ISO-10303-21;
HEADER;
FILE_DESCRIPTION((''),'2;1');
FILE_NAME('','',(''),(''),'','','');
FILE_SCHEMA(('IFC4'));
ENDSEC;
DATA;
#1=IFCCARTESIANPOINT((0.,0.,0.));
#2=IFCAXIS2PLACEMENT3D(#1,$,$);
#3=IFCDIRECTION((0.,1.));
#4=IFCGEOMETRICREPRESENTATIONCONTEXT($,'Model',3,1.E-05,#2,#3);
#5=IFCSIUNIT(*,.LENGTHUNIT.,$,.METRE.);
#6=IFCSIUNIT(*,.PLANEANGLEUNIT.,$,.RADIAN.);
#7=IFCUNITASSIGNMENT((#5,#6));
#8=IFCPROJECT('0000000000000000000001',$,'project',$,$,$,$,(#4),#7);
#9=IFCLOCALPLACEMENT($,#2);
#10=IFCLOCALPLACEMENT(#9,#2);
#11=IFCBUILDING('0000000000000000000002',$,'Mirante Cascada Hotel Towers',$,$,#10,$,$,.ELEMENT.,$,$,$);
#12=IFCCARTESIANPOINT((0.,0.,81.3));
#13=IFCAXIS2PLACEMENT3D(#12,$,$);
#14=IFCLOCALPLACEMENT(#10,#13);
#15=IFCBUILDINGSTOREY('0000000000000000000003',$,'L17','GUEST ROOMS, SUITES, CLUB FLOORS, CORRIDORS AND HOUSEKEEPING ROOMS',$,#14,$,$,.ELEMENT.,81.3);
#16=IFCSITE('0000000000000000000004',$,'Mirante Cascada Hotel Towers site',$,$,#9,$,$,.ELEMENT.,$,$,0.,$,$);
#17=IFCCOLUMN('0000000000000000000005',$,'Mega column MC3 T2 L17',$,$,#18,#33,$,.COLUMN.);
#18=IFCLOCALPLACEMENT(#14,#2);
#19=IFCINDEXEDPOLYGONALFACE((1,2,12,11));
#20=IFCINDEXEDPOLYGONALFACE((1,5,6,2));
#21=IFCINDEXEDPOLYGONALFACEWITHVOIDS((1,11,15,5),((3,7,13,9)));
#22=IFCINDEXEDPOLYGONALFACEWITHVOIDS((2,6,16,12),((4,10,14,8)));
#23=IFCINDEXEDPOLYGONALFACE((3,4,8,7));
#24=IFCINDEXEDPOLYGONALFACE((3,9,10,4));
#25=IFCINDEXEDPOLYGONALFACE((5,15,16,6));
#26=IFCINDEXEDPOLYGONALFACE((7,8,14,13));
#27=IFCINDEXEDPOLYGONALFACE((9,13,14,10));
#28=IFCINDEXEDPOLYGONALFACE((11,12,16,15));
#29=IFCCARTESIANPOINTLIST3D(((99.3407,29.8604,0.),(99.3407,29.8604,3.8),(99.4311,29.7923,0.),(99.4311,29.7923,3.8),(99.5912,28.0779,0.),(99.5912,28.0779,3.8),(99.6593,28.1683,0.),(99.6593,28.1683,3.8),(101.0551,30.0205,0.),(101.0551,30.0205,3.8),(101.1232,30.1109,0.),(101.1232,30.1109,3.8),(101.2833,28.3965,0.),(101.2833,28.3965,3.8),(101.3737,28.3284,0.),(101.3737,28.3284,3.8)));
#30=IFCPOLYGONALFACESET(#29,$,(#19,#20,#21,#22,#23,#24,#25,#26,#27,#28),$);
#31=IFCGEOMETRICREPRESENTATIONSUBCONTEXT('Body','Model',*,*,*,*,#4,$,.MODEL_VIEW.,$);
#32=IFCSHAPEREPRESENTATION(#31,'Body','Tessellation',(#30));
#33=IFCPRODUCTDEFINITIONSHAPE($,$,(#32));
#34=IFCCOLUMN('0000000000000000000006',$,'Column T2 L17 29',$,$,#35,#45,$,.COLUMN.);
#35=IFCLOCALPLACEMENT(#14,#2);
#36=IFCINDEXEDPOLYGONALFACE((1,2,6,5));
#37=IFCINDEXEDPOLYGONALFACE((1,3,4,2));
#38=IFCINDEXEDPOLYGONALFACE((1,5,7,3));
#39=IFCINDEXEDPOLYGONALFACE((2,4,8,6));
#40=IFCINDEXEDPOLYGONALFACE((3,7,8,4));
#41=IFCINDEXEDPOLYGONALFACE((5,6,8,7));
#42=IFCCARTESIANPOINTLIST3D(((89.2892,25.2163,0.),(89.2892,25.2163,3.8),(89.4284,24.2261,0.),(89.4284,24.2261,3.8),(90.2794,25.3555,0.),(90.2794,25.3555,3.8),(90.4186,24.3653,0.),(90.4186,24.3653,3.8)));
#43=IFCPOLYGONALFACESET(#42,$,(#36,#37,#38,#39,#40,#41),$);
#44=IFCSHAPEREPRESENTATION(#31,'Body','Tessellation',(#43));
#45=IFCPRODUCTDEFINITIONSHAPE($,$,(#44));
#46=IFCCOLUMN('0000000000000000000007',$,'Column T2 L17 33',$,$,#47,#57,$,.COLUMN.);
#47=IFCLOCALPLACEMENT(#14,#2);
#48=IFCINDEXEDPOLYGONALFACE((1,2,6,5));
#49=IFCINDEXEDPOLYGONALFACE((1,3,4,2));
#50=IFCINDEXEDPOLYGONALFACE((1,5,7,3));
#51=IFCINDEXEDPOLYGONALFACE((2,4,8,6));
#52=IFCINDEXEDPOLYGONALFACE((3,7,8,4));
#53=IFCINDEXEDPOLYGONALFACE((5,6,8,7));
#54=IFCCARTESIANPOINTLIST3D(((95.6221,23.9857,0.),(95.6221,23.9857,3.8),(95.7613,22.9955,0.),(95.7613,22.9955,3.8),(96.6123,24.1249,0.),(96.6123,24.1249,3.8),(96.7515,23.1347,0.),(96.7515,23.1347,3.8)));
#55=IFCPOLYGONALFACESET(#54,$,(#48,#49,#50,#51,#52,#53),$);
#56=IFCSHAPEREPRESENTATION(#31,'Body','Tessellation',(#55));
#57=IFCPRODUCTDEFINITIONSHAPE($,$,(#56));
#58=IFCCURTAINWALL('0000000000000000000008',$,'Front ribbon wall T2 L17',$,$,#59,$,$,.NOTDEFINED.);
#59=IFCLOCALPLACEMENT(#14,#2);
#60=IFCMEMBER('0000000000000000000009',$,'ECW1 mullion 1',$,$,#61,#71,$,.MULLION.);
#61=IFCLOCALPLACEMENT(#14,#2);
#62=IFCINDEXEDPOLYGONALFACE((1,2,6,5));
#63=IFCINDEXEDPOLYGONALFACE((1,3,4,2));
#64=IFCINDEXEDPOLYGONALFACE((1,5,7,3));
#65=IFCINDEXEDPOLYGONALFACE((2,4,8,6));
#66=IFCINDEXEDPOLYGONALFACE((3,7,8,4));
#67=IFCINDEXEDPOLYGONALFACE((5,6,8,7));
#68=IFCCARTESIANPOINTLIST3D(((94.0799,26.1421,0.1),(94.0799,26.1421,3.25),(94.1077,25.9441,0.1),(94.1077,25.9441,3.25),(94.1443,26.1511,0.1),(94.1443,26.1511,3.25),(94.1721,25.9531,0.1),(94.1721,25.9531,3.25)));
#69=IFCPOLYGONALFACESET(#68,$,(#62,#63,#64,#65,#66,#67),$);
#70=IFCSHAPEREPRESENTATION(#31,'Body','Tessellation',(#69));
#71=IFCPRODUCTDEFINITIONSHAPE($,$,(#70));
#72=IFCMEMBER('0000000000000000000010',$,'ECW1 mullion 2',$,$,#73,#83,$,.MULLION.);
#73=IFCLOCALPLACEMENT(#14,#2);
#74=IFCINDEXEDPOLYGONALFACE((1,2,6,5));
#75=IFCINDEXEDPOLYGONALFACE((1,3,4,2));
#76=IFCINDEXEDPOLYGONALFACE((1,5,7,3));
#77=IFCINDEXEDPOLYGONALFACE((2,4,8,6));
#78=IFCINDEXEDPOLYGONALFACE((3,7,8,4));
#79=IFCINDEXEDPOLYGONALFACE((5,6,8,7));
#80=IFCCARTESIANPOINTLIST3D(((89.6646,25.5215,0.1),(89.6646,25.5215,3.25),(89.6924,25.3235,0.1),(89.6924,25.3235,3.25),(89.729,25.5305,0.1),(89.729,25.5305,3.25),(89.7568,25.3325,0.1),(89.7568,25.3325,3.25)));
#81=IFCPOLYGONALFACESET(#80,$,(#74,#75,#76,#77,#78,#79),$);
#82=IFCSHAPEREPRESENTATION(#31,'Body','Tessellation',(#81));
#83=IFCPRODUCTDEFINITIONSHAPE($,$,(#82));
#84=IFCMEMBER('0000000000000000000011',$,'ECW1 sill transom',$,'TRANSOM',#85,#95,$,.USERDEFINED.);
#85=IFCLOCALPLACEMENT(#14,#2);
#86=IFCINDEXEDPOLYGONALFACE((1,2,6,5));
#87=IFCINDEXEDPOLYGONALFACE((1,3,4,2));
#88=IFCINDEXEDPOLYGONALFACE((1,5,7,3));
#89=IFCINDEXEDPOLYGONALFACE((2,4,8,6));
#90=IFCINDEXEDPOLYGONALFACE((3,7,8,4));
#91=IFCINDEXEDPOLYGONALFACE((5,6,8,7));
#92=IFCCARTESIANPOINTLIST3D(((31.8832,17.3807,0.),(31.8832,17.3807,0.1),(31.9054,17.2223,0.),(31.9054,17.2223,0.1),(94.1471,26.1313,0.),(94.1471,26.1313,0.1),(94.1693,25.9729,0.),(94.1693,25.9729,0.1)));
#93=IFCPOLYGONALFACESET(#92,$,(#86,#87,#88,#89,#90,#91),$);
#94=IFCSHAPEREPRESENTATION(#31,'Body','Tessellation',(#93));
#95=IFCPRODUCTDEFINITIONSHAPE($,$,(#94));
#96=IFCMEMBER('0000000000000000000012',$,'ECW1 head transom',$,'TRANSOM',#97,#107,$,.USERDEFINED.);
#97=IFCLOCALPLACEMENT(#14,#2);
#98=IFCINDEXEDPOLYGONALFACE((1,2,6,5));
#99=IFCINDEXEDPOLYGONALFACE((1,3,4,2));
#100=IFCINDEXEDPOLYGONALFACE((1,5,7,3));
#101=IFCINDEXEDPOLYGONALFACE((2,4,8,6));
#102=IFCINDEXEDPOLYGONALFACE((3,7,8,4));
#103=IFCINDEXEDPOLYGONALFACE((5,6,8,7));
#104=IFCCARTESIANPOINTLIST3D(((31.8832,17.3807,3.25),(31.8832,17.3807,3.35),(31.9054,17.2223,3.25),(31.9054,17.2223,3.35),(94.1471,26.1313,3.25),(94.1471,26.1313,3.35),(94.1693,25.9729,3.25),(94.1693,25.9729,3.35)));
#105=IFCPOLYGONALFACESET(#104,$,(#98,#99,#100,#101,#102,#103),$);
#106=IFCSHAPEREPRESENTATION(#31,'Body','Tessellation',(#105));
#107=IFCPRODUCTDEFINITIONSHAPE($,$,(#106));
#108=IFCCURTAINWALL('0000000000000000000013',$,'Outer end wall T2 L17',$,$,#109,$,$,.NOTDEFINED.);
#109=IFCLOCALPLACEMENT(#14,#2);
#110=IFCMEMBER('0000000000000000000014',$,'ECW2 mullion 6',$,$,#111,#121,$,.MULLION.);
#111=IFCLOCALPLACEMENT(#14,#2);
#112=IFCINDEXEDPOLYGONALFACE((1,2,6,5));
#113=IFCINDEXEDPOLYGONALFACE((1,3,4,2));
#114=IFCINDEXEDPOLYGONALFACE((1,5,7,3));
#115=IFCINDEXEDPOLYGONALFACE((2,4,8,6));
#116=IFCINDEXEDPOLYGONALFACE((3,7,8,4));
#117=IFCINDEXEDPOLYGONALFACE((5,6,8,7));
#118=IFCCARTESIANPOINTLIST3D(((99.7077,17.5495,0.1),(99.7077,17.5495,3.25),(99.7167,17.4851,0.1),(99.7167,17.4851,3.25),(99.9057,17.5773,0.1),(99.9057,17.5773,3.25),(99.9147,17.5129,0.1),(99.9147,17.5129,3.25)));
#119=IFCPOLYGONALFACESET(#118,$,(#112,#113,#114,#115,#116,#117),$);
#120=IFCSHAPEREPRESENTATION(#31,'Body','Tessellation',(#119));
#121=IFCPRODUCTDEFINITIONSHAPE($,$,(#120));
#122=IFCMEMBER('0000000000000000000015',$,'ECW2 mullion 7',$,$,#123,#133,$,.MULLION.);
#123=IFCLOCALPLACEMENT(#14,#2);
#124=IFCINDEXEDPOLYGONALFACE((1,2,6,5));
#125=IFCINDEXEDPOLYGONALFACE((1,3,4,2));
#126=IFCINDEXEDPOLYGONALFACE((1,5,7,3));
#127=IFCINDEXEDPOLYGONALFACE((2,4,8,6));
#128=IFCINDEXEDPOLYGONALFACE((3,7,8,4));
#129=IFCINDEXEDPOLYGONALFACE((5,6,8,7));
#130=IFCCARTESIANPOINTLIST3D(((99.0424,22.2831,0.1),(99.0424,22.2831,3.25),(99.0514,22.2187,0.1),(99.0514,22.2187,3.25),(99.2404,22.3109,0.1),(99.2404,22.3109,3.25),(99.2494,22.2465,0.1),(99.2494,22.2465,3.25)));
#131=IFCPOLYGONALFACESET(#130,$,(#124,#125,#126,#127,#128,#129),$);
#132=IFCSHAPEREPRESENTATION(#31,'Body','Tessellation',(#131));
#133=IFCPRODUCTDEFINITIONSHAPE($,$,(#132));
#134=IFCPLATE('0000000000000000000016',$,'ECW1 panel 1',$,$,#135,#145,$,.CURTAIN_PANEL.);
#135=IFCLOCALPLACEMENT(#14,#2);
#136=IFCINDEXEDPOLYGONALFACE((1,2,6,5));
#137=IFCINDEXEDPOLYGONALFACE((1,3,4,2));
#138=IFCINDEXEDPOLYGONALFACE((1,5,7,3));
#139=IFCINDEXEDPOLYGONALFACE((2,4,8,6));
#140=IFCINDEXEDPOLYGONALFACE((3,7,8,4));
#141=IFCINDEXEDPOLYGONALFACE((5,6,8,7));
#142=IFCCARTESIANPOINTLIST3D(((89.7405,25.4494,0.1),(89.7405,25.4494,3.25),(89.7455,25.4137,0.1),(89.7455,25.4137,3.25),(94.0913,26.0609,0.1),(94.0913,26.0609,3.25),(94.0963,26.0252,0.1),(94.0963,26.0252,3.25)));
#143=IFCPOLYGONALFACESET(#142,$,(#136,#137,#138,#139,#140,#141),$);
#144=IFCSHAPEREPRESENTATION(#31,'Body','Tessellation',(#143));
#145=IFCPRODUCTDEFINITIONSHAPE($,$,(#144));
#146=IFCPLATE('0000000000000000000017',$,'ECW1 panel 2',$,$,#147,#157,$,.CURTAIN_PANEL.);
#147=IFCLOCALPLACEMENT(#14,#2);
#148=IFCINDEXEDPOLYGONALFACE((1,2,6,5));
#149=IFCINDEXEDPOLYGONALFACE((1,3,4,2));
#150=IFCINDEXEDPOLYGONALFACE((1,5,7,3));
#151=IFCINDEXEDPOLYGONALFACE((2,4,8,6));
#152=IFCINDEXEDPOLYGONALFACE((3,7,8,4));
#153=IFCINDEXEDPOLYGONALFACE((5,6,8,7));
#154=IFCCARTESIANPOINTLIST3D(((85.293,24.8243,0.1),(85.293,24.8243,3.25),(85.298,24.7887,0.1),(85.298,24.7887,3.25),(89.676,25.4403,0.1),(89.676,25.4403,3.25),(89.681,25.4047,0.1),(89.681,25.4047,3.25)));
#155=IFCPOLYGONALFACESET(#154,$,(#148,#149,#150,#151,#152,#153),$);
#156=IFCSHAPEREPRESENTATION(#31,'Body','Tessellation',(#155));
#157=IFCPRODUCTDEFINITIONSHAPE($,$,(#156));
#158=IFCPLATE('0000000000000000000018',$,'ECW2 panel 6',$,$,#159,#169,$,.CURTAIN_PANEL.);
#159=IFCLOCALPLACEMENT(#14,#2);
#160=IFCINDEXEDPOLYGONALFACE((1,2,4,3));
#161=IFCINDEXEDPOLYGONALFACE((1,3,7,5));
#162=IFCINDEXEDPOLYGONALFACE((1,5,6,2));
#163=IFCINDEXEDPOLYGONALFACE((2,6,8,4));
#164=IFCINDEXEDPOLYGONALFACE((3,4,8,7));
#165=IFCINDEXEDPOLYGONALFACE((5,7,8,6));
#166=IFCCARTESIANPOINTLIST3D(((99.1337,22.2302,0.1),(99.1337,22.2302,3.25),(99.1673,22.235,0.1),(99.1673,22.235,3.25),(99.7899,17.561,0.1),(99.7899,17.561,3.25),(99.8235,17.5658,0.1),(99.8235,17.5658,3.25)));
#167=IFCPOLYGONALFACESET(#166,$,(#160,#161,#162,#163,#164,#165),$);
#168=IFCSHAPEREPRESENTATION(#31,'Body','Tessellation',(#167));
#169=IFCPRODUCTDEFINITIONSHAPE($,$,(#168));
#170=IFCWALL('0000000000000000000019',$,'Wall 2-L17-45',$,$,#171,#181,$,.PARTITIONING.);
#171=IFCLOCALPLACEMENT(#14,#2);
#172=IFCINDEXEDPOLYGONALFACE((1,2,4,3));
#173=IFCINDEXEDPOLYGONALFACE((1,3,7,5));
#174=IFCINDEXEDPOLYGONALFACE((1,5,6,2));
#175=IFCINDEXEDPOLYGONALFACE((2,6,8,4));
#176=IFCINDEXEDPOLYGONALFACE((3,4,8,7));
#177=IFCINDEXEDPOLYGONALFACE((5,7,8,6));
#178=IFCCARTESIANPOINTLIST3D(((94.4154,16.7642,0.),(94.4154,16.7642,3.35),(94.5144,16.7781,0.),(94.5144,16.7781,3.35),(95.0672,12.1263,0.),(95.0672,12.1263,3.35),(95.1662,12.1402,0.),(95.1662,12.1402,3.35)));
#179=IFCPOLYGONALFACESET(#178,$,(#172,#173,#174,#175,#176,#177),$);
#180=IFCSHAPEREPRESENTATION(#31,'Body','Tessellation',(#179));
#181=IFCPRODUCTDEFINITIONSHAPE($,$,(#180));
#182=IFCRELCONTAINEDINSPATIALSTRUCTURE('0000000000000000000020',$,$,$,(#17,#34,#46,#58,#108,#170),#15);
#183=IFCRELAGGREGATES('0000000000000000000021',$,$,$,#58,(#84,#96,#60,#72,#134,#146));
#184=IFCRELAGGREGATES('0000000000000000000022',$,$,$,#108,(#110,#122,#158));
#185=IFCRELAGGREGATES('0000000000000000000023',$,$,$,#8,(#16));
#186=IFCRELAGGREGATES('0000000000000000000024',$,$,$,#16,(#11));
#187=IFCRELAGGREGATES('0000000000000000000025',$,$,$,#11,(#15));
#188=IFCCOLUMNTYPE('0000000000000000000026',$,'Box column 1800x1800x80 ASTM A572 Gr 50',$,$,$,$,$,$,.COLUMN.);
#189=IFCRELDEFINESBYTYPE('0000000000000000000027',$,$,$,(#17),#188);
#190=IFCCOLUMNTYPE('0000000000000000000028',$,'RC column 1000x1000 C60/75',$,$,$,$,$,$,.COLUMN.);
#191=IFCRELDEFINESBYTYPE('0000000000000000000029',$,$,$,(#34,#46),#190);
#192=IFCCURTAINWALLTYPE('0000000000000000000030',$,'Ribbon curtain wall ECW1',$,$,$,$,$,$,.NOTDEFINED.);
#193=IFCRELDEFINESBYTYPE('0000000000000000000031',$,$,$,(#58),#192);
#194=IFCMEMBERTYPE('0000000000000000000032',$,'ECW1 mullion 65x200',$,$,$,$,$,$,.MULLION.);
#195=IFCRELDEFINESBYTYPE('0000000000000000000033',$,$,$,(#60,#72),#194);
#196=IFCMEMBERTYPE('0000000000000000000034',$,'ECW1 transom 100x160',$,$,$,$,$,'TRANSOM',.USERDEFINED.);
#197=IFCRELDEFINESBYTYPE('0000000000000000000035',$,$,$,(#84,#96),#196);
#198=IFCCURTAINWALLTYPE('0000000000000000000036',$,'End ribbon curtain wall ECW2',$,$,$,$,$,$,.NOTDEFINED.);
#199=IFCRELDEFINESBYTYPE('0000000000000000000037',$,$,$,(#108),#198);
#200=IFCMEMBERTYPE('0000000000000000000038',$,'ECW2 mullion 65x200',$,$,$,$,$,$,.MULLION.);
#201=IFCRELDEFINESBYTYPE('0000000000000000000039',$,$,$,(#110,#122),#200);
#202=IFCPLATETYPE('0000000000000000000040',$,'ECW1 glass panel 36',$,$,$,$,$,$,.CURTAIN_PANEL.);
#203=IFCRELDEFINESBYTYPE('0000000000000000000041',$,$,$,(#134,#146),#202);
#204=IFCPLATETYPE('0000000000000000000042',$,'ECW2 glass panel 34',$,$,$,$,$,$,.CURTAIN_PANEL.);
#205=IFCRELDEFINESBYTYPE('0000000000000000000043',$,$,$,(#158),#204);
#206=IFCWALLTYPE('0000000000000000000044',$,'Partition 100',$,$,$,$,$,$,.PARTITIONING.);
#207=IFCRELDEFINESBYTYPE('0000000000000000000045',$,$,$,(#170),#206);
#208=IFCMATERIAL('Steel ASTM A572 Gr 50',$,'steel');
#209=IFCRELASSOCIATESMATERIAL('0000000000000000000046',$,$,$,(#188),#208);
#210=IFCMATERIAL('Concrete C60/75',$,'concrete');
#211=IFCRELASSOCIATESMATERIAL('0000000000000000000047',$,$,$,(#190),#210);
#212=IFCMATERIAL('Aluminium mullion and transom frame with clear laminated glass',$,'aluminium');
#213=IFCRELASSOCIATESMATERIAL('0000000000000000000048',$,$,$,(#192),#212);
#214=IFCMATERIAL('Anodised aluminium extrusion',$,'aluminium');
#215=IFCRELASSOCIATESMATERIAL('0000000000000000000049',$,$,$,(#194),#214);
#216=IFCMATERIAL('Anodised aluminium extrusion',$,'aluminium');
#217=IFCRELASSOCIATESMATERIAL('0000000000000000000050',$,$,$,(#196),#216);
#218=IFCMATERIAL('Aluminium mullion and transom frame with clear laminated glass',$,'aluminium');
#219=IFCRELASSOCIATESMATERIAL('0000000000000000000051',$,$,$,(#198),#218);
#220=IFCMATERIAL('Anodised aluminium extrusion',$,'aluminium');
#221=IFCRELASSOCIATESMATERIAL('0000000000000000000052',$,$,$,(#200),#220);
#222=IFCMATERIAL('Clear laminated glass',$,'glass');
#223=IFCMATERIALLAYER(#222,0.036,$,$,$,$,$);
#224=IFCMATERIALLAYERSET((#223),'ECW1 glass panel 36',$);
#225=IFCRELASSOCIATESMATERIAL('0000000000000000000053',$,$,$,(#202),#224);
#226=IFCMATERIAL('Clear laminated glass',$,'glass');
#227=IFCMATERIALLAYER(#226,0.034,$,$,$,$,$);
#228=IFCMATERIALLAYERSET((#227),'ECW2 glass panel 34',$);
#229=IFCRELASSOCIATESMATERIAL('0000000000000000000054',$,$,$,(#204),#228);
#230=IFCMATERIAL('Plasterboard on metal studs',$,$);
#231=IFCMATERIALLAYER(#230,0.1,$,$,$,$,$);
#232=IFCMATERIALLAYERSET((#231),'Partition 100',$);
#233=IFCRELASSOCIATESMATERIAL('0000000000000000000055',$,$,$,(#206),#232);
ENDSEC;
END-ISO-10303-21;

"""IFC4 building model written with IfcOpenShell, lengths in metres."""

from ifc_helpers import new_model, si_unit, direction, frame, frame_2d, origin, origin_2d, place, context, subcontext, project, spatial, rectangle, hollow_rectangle, extrude, material, layer, layer_set, material_profile, profile_set, type_object, element, aggregate, save


model = new_model("IFC4")

# Units and contexts
model_context = context("Model", 3, precision=1e-05, world=origin(), true_north=direction((0.0, 1.0)))
body_context = subcontext(model_context, "Body", "Model", "MODEL_VIEW")
ifc_project = project(units=[si_unit("LENGTHUNIT", "METRE"), si_unit("PLANEANGLEUNIT", "RADIAN")], contexts=[model_context])

# Site, building, storey
site_placement = place(None, origin())
site = spatial("IfcSite", under=ifc_project, at=site_placement, Name="Mirante Cascada Hotel Towers site", CompositionType="ELEMENT", RefElevation=0.0)
building_placement = place(site_placement, origin())
building = spatial("IfcBuilding", under=site, at=building_placement, Name="Mirante Cascada Hotel Towers", CompositionType="ELEMENT")
storey_placement = place(building_placement, frame((0.0, 0.0, 81.3)))
storey = spatial("IfcBuildingStorey", under=building, at=storey_placement, Name="L17", Description="GUEST ROOMS, SUITES, CLUB FLOORS, CORRIDORS AND HOUSEKEEPING ROOMS", CompositionType="ELEMENT", Elevation=81.3)

# Columns
ifc_material_1 = material(Name="Steel ASTM A572 Gr 50", Category="steel")
ifc_material_profile_1 = material_profile(ifc_material_1, hollow_rectangle(XDim=1.8, YDim=1.8, WallThickness=0.08, at=origin_2d()), Name="Box column 1800x1800x80 ASTM A572 Gr 50")
ifc_profile_set_1 = profile_set([ifc_material_profile_1], Name="Steel ASTM A572 Gr 50")
column_type_1 = type_object("IfcColumnType", Name="Box column 1800x1800x80 ASTM A572 Gr 50", PredefinedType="COLUMN", material=ifc_profile_set_1)
column_placement = place(storey_placement, frame((100.3572, 29.0944, 0.0), z_axis=(0.0, 0.0, 1.0), x_axis=(0.990268, 0.139173, 0.0)))
element("IfcColumn", 1, at=column_placement, inside=storey, type_object=column_type_1, Name="Mega column MC3 T2 L17", PredefinedType="COLUMN", context=body_context, shape_type="SweptSolid", body=[
    extrude(hollow_rectangle(XDim=1.8, YDim=1.8, WallThickness=0.08, at=origin_2d()), origin(), (0.0, 0.0, 1.0), 3.8),
])
ifc_material_2 = material(Name="Concrete C60/75", Category="concrete")
ifc_material_profile_2 = material_profile(ifc_material_2, rectangle(XDim=1.0, YDim=1.0, at=origin_2d()), Name="RC column 1000x1000 C60/75")
ifc_profile_set_2 = profile_set([ifc_material_profile_2], Name="Concrete C60/75")
column_type_2 = type_object("IfcColumnType", Name="RC column 1000x1000 C60/75", PredefinedType="COLUMN", material=ifc_profile_set_2)
for number, where, z_axis, x_axis, name in (
    (2, (89.8539, 24.7908, 0.0), (0.0, 0.0, 1.0), (0.990268, 0.139173, 0.0), "Column T2 L17 29"),
    (3, (96.1868, 23.5602, 0.0), (0.0, 0.0, 1.0), (0.990268, 0.139173, 0.0), "Column T2 L17 33"),
):
    element("IfcColumn", number, at=place(storey_placement, frame(where, z_axis=z_axis, x_axis=x_axis)), inside=storey, type_object=column_type_2, Name=name, PredefinedType="COLUMN", context=body_context, shape_type="SweptSolid", body=[
        extrude(rectangle(XDim=1.0, YDim=1.0, at=origin_2d()), origin(), (0.0, 0.0, 1.0), 3.8),
    ])

# Curtain walls, members
ifc_material_3 = material(Name="Aluminium mullion and transom frame with clear laminated glass", Category="aluminium")
curtain_wall_type_1 = type_object("IfcCurtainWallType", Name="Ribbon curtain wall ECW1", PredefinedType="NOTDEFINED", material=ifc_material_3)
curtain_wall_1_placement = place(storey_placement, origin())
curtain_wall_1 = element("IfcCurtainWall", 4, at=curtain_wall_1_placement, inside=storey, type_object=curtain_wall_type_1, Name="Front ribbon wall T2 L17", PredefinedType="NOTDEFINED")
ifc_material_4 = material(Name="Anodised aluminium extrusion", Category="aluminium")
ifc_material_profile_3 = material_profile(ifc_material_4, rectangle(XDim=0.2, YDim=0.065, at=origin_2d()), Name="ECW1 MULLION 65x200")
ifc_profile_set_3 = profile_set([ifc_material_profile_3], Name="Anodised aluminium extrusion")
member_type_1 = type_object("IfcMemberType", Name="ECW1 mullion 65x200", PredefinedType="MULLION", material=ifc_profile_set_3)
member_1_placement = place(storey_placement, frame((94.126, 26.0476, 0.1), z_axis=(0.0, 0.0, 1.0), x_axis=(0.139173, -0.990268, 0.0)))
member_1 = element("IfcMember", 5, at=member_1_placement, type_object=member_type_1, Name="ECW1 mullion 1", PredefinedType="MULLION", context=body_context, shape_type="SweptSolid", body=[
    extrude(rectangle(XDim=0.2, YDim=0.065, at=origin_2d()), origin(), (0.0, 0.0, 1.0), 3.15),
])
member_2_placement = place(storey_placement, frame((89.7107, 25.427, 0.1), z_axis=(0.0, 0.0, 1.0), x_axis=(0.139173, -0.990268, 0.0)))
member_2 = element("IfcMember", 6, at=member_2_placement, type_object=member_type_1, Name="ECW1 mullion 2", PredefinedType="MULLION", context=body_context, shape_type="SweptSolid", body=[
    extrude(rectangle(XDim=0.2, YDim=0.065, at=origin_2d()), origin(), (0.0, 0.0, 1.0), 3.15),
])
ifc_material_5 = material(Name="Anodised aluminium extrusion", Category="aluminium")
ifc_material_profile_4 = material_profile(ifc_material_5, rectangle(XDim=0.16, YDim=0.1, at=origin_2d()), Name="ECW1 TRANSOM 100x160")
ifc_profile_set_4 = profile_set([ifc_material_profile_4], Name="Anodised aluminium extrusion")
member_type_2 = type_object("IfcMemberType", Name="ECW1 transom 100x160", ElementType="TRANSOM", PredefinedType="USERDEFINED", material=ifc_profile_set_4)
member_3_placement = place(storey_placement, frame((94.1582, 26.0521, 0.05), z_axis=(-0.990268, -0.139173, 0.0), x_axis=(0.139173, -0.990268, 0.0)))
member_3 = element("IfcMember", 7, at=member_3_placement, type_object=member_type_2, Name="ECW1 sill transom", ObjectType="TRANSOM", PredefinedType="USERDEFINED", context=body_context, shape_type="SweptSolid", body=[
    extrude(rectangle(XDim=0.16, YDim=0.1, at=origin_2d()), origin(), (0.0, 0.0, 1.0), 62.8758),
])
member_4_placement = place(storey_placement, frame((94.1582, 26.0521, 3.3), z_axis=(-0.990268, -0.139173, 0.0), x_axis=(0.139173, -0.990268, 0.0)))
member_4 = element("IfcMember", 8, at=member_4_placement, type_object=member_type_2, Name="ECW1 head transom", ObjectType="TRANSOM", PredefinedType="USERDEFINED", context=body_context, shape_type="SweptSolid", body=[
    extrude(rectangle(XDim=0.16, YDim=0.1, at=origin_2d()), origin(), (0.0, 0.0, 1.0), 62.8758),
])
ifc_material_6 = material(Name="Aluminium mullion and transom frame with clear laminated glass", Category="aluminium")
curtain_wall_type_2 = type_object("IfcCurtainWallType", Name="End ribbon curtain wall ECW2", PredefinedType="NOTDEFINED", material=ifc_material_6)
curtain_wall_2_placement = place(storey_placement, origin())
curtain_wall_2 = element("IfcCurtainWall", 9, at=curtain_wall_2_placement, inside=storey, type_object=curtain_wall_type_2, Name="Outer end wall T2 L17", PredefinedType="NOTDEFINED")
ifc_material_7 = material(Name="Anodised aluminium extrusion", Category="aluminium")
ifc_material_profile_5 = material_profile(ifc_material_7, rectangle(XDim=0.2, YDim=0.065, at=origin_2d()), Name="ECW2 MULLION 65x200")
ifc_profile_set_5 = profile_set([ifc_material_profile_5], Name="Anodised aluminium extrusion")
member_type_3 = type_object("IfcMemberType", Name="ECW2 mullion 65x200", PredefinedType="MULLION", material=ifc_profile_set_5)
member_5_placement = place(storey_placement, frame((99.8112, 17.5312, 0.1), z_axis=(0.0, 0.0, 1.0), x_axis=(-0.990268, -0.139173, 0.0)))
member_5 = element("IfcMember", 10, at=member_5_placement, type_object=member_type_3, Name="ECW2 mullion 6", PredefinedType="MULLION", context=body_context, shape_type="SweptSolid", body=[
    extrude(rectangle(XDim=0.2, YDim=0.065, at=origin_2d()), origin(), (0.0, 0.0, 1.0), 3.15),
])
member_6_placement = place(storey_placement, frame((99.1459, 22.2648, 0.1), z_axis=(0.0, 0.0, 1.0), x_axis=(-0.990268, -0.139173, 0.0)))
member_6 = element("IfcMember", 11, at=member_6_placement, type_object=member_type_3, Name="ECW2 mullion 7", PredefinedType="MULLION", context=body_context, shape_type="SweptSolid", body=[
    extrude(rectangle(XDim=0.2, YDim=0.065, at=origin_2d()), origin(), (0.0, 0.0, 1.0), 3.15),
])

# Plates
ifc_material_8 = material(Name="Clear laminated glass", Category="glass")
ifc_layer_1 = layer(ifc_material_8, 0.036)
ifc_layer_set_1 = layer_set([ifc_layer_1], Name="ECW1 glass panel 36")
plate_type_1 = type_object("IfcPlateType", Name="ECW1 glass panel 36", PredefinedType="CURTAIN_PANEL", material=ifc_layer_set_1)
plate_1_placement = place(storey_placement, frame((91.9184, 25.7373, 0.1), z_axis=(0.0, 0.0, 1.0), x_axis=(-0.990268, -0.139173, 0.0)))
plate_1 = element("IfcPlate", 12, at=plate_1_placement, type_object=plate_type_1, Name="ECW1 panel 1", PredefinedType="CURTAIN_PANEL", context=body_context, shape_type="SweptSolid", body=[
    extrude(rectangle(XDim=4.3936, YDim=0.036, at=origin_2d()), origin(), (0.0, 0.0, 1.0), 3.15),
])
plate_2_placement = place(storey_placement, frame((87.487, 25.1145, 0.1), z_axis=(0.0, 0.0, 1.0), x_axis=(-0.990268, -0.139173, 0.0)))
plate_2 = element("IfcPlate", 13, at=plate_2_placement, type_object=plate_type_1, Name="ECW1 panel 2", PredefinedType="CURTAIN_PANEL", context=body_context, shape_type="SweptSolid", body=[
    extrude(rectangle(XDim=4.4261, YDim=0.036, at=origin_2d()), origin(), (0.0, 0.0, 1.0), 3.15),
])
aggregate(curtain_wall_1, [member_3, member_4, member_1, member_2, plate_1, plate_2])
ifc_material_9 = material(Name="Clear laminated glass", Category="glass")
ifc_layer_2 = layer(ifc_material_9, 0.034)
ifc_layer_set_2 = layer_set([ifc_layer_2], Name="ECW2 glass panel 34")
plate_type_2 = type_object("IfcPlateType", Name="ECW2 glass panel 34", PredefinedType="CURTAIN_PANEL", material=ifc_layer_set_2)
plate_3_placement = place(storey_placement, frame((99.4786, 19.898, 0.1), z_axis=(0.0, 0.0, 1.0), x_axis=(-0.139173, 0.990268, 0.0)))
plate_3 = element("IfcPlate", 14, at=plate_3_placement, type_object=plate_type_2, Name="ECW2 panel 6", PredefinedType="CURTAIN_PANEL", context=body_context, shape_type="SweptSolid", body=[
    extrude(rectangle(XDim=4.7151, YDim=0.034, at=origin_2d()), origin(), (0.0, 0.0, 1.0), 3.15),
])
aggregate(curtain_wall_2, [member_5, member_6, plate_3])

# Wall
ifc_material_10 = material(Name="Plasterboard on metal studs")
ifc_layer_3 = layer(ifc_material_10, 0.1)
ifc_layer_set_3 = layer_set([ifc_layer_3], Name="Partition 100")
wall_type_1 = type_object("IfcWallType", Name="Partition 100", PredefinedType="PARTITIONING", material=ifc_layer_set_3)
wall_1_placement = place(storey_placement, frame((94.4649, 16.7712, 0.0), z_axis=(0.0, 0.0, 1.0), x_axis=(0.13917, -0.990268, 0.0)))
element("IfcWall", 15, at=wall_1_placement, inside=storey, type_object=wall_type_1, Name="Wall 2-L17-45", PredefinedType="PARTITIONING", context=body_context, shape_type="SweptSolid", body=[
    extrude(rectangle(XDim=4.6835, YDim=0.1, at=frame_2d((2.3418, 0.0))), origin(), (0.0, 0.0, 1.0), 3.35),
])

save(model, "model.ifc")
